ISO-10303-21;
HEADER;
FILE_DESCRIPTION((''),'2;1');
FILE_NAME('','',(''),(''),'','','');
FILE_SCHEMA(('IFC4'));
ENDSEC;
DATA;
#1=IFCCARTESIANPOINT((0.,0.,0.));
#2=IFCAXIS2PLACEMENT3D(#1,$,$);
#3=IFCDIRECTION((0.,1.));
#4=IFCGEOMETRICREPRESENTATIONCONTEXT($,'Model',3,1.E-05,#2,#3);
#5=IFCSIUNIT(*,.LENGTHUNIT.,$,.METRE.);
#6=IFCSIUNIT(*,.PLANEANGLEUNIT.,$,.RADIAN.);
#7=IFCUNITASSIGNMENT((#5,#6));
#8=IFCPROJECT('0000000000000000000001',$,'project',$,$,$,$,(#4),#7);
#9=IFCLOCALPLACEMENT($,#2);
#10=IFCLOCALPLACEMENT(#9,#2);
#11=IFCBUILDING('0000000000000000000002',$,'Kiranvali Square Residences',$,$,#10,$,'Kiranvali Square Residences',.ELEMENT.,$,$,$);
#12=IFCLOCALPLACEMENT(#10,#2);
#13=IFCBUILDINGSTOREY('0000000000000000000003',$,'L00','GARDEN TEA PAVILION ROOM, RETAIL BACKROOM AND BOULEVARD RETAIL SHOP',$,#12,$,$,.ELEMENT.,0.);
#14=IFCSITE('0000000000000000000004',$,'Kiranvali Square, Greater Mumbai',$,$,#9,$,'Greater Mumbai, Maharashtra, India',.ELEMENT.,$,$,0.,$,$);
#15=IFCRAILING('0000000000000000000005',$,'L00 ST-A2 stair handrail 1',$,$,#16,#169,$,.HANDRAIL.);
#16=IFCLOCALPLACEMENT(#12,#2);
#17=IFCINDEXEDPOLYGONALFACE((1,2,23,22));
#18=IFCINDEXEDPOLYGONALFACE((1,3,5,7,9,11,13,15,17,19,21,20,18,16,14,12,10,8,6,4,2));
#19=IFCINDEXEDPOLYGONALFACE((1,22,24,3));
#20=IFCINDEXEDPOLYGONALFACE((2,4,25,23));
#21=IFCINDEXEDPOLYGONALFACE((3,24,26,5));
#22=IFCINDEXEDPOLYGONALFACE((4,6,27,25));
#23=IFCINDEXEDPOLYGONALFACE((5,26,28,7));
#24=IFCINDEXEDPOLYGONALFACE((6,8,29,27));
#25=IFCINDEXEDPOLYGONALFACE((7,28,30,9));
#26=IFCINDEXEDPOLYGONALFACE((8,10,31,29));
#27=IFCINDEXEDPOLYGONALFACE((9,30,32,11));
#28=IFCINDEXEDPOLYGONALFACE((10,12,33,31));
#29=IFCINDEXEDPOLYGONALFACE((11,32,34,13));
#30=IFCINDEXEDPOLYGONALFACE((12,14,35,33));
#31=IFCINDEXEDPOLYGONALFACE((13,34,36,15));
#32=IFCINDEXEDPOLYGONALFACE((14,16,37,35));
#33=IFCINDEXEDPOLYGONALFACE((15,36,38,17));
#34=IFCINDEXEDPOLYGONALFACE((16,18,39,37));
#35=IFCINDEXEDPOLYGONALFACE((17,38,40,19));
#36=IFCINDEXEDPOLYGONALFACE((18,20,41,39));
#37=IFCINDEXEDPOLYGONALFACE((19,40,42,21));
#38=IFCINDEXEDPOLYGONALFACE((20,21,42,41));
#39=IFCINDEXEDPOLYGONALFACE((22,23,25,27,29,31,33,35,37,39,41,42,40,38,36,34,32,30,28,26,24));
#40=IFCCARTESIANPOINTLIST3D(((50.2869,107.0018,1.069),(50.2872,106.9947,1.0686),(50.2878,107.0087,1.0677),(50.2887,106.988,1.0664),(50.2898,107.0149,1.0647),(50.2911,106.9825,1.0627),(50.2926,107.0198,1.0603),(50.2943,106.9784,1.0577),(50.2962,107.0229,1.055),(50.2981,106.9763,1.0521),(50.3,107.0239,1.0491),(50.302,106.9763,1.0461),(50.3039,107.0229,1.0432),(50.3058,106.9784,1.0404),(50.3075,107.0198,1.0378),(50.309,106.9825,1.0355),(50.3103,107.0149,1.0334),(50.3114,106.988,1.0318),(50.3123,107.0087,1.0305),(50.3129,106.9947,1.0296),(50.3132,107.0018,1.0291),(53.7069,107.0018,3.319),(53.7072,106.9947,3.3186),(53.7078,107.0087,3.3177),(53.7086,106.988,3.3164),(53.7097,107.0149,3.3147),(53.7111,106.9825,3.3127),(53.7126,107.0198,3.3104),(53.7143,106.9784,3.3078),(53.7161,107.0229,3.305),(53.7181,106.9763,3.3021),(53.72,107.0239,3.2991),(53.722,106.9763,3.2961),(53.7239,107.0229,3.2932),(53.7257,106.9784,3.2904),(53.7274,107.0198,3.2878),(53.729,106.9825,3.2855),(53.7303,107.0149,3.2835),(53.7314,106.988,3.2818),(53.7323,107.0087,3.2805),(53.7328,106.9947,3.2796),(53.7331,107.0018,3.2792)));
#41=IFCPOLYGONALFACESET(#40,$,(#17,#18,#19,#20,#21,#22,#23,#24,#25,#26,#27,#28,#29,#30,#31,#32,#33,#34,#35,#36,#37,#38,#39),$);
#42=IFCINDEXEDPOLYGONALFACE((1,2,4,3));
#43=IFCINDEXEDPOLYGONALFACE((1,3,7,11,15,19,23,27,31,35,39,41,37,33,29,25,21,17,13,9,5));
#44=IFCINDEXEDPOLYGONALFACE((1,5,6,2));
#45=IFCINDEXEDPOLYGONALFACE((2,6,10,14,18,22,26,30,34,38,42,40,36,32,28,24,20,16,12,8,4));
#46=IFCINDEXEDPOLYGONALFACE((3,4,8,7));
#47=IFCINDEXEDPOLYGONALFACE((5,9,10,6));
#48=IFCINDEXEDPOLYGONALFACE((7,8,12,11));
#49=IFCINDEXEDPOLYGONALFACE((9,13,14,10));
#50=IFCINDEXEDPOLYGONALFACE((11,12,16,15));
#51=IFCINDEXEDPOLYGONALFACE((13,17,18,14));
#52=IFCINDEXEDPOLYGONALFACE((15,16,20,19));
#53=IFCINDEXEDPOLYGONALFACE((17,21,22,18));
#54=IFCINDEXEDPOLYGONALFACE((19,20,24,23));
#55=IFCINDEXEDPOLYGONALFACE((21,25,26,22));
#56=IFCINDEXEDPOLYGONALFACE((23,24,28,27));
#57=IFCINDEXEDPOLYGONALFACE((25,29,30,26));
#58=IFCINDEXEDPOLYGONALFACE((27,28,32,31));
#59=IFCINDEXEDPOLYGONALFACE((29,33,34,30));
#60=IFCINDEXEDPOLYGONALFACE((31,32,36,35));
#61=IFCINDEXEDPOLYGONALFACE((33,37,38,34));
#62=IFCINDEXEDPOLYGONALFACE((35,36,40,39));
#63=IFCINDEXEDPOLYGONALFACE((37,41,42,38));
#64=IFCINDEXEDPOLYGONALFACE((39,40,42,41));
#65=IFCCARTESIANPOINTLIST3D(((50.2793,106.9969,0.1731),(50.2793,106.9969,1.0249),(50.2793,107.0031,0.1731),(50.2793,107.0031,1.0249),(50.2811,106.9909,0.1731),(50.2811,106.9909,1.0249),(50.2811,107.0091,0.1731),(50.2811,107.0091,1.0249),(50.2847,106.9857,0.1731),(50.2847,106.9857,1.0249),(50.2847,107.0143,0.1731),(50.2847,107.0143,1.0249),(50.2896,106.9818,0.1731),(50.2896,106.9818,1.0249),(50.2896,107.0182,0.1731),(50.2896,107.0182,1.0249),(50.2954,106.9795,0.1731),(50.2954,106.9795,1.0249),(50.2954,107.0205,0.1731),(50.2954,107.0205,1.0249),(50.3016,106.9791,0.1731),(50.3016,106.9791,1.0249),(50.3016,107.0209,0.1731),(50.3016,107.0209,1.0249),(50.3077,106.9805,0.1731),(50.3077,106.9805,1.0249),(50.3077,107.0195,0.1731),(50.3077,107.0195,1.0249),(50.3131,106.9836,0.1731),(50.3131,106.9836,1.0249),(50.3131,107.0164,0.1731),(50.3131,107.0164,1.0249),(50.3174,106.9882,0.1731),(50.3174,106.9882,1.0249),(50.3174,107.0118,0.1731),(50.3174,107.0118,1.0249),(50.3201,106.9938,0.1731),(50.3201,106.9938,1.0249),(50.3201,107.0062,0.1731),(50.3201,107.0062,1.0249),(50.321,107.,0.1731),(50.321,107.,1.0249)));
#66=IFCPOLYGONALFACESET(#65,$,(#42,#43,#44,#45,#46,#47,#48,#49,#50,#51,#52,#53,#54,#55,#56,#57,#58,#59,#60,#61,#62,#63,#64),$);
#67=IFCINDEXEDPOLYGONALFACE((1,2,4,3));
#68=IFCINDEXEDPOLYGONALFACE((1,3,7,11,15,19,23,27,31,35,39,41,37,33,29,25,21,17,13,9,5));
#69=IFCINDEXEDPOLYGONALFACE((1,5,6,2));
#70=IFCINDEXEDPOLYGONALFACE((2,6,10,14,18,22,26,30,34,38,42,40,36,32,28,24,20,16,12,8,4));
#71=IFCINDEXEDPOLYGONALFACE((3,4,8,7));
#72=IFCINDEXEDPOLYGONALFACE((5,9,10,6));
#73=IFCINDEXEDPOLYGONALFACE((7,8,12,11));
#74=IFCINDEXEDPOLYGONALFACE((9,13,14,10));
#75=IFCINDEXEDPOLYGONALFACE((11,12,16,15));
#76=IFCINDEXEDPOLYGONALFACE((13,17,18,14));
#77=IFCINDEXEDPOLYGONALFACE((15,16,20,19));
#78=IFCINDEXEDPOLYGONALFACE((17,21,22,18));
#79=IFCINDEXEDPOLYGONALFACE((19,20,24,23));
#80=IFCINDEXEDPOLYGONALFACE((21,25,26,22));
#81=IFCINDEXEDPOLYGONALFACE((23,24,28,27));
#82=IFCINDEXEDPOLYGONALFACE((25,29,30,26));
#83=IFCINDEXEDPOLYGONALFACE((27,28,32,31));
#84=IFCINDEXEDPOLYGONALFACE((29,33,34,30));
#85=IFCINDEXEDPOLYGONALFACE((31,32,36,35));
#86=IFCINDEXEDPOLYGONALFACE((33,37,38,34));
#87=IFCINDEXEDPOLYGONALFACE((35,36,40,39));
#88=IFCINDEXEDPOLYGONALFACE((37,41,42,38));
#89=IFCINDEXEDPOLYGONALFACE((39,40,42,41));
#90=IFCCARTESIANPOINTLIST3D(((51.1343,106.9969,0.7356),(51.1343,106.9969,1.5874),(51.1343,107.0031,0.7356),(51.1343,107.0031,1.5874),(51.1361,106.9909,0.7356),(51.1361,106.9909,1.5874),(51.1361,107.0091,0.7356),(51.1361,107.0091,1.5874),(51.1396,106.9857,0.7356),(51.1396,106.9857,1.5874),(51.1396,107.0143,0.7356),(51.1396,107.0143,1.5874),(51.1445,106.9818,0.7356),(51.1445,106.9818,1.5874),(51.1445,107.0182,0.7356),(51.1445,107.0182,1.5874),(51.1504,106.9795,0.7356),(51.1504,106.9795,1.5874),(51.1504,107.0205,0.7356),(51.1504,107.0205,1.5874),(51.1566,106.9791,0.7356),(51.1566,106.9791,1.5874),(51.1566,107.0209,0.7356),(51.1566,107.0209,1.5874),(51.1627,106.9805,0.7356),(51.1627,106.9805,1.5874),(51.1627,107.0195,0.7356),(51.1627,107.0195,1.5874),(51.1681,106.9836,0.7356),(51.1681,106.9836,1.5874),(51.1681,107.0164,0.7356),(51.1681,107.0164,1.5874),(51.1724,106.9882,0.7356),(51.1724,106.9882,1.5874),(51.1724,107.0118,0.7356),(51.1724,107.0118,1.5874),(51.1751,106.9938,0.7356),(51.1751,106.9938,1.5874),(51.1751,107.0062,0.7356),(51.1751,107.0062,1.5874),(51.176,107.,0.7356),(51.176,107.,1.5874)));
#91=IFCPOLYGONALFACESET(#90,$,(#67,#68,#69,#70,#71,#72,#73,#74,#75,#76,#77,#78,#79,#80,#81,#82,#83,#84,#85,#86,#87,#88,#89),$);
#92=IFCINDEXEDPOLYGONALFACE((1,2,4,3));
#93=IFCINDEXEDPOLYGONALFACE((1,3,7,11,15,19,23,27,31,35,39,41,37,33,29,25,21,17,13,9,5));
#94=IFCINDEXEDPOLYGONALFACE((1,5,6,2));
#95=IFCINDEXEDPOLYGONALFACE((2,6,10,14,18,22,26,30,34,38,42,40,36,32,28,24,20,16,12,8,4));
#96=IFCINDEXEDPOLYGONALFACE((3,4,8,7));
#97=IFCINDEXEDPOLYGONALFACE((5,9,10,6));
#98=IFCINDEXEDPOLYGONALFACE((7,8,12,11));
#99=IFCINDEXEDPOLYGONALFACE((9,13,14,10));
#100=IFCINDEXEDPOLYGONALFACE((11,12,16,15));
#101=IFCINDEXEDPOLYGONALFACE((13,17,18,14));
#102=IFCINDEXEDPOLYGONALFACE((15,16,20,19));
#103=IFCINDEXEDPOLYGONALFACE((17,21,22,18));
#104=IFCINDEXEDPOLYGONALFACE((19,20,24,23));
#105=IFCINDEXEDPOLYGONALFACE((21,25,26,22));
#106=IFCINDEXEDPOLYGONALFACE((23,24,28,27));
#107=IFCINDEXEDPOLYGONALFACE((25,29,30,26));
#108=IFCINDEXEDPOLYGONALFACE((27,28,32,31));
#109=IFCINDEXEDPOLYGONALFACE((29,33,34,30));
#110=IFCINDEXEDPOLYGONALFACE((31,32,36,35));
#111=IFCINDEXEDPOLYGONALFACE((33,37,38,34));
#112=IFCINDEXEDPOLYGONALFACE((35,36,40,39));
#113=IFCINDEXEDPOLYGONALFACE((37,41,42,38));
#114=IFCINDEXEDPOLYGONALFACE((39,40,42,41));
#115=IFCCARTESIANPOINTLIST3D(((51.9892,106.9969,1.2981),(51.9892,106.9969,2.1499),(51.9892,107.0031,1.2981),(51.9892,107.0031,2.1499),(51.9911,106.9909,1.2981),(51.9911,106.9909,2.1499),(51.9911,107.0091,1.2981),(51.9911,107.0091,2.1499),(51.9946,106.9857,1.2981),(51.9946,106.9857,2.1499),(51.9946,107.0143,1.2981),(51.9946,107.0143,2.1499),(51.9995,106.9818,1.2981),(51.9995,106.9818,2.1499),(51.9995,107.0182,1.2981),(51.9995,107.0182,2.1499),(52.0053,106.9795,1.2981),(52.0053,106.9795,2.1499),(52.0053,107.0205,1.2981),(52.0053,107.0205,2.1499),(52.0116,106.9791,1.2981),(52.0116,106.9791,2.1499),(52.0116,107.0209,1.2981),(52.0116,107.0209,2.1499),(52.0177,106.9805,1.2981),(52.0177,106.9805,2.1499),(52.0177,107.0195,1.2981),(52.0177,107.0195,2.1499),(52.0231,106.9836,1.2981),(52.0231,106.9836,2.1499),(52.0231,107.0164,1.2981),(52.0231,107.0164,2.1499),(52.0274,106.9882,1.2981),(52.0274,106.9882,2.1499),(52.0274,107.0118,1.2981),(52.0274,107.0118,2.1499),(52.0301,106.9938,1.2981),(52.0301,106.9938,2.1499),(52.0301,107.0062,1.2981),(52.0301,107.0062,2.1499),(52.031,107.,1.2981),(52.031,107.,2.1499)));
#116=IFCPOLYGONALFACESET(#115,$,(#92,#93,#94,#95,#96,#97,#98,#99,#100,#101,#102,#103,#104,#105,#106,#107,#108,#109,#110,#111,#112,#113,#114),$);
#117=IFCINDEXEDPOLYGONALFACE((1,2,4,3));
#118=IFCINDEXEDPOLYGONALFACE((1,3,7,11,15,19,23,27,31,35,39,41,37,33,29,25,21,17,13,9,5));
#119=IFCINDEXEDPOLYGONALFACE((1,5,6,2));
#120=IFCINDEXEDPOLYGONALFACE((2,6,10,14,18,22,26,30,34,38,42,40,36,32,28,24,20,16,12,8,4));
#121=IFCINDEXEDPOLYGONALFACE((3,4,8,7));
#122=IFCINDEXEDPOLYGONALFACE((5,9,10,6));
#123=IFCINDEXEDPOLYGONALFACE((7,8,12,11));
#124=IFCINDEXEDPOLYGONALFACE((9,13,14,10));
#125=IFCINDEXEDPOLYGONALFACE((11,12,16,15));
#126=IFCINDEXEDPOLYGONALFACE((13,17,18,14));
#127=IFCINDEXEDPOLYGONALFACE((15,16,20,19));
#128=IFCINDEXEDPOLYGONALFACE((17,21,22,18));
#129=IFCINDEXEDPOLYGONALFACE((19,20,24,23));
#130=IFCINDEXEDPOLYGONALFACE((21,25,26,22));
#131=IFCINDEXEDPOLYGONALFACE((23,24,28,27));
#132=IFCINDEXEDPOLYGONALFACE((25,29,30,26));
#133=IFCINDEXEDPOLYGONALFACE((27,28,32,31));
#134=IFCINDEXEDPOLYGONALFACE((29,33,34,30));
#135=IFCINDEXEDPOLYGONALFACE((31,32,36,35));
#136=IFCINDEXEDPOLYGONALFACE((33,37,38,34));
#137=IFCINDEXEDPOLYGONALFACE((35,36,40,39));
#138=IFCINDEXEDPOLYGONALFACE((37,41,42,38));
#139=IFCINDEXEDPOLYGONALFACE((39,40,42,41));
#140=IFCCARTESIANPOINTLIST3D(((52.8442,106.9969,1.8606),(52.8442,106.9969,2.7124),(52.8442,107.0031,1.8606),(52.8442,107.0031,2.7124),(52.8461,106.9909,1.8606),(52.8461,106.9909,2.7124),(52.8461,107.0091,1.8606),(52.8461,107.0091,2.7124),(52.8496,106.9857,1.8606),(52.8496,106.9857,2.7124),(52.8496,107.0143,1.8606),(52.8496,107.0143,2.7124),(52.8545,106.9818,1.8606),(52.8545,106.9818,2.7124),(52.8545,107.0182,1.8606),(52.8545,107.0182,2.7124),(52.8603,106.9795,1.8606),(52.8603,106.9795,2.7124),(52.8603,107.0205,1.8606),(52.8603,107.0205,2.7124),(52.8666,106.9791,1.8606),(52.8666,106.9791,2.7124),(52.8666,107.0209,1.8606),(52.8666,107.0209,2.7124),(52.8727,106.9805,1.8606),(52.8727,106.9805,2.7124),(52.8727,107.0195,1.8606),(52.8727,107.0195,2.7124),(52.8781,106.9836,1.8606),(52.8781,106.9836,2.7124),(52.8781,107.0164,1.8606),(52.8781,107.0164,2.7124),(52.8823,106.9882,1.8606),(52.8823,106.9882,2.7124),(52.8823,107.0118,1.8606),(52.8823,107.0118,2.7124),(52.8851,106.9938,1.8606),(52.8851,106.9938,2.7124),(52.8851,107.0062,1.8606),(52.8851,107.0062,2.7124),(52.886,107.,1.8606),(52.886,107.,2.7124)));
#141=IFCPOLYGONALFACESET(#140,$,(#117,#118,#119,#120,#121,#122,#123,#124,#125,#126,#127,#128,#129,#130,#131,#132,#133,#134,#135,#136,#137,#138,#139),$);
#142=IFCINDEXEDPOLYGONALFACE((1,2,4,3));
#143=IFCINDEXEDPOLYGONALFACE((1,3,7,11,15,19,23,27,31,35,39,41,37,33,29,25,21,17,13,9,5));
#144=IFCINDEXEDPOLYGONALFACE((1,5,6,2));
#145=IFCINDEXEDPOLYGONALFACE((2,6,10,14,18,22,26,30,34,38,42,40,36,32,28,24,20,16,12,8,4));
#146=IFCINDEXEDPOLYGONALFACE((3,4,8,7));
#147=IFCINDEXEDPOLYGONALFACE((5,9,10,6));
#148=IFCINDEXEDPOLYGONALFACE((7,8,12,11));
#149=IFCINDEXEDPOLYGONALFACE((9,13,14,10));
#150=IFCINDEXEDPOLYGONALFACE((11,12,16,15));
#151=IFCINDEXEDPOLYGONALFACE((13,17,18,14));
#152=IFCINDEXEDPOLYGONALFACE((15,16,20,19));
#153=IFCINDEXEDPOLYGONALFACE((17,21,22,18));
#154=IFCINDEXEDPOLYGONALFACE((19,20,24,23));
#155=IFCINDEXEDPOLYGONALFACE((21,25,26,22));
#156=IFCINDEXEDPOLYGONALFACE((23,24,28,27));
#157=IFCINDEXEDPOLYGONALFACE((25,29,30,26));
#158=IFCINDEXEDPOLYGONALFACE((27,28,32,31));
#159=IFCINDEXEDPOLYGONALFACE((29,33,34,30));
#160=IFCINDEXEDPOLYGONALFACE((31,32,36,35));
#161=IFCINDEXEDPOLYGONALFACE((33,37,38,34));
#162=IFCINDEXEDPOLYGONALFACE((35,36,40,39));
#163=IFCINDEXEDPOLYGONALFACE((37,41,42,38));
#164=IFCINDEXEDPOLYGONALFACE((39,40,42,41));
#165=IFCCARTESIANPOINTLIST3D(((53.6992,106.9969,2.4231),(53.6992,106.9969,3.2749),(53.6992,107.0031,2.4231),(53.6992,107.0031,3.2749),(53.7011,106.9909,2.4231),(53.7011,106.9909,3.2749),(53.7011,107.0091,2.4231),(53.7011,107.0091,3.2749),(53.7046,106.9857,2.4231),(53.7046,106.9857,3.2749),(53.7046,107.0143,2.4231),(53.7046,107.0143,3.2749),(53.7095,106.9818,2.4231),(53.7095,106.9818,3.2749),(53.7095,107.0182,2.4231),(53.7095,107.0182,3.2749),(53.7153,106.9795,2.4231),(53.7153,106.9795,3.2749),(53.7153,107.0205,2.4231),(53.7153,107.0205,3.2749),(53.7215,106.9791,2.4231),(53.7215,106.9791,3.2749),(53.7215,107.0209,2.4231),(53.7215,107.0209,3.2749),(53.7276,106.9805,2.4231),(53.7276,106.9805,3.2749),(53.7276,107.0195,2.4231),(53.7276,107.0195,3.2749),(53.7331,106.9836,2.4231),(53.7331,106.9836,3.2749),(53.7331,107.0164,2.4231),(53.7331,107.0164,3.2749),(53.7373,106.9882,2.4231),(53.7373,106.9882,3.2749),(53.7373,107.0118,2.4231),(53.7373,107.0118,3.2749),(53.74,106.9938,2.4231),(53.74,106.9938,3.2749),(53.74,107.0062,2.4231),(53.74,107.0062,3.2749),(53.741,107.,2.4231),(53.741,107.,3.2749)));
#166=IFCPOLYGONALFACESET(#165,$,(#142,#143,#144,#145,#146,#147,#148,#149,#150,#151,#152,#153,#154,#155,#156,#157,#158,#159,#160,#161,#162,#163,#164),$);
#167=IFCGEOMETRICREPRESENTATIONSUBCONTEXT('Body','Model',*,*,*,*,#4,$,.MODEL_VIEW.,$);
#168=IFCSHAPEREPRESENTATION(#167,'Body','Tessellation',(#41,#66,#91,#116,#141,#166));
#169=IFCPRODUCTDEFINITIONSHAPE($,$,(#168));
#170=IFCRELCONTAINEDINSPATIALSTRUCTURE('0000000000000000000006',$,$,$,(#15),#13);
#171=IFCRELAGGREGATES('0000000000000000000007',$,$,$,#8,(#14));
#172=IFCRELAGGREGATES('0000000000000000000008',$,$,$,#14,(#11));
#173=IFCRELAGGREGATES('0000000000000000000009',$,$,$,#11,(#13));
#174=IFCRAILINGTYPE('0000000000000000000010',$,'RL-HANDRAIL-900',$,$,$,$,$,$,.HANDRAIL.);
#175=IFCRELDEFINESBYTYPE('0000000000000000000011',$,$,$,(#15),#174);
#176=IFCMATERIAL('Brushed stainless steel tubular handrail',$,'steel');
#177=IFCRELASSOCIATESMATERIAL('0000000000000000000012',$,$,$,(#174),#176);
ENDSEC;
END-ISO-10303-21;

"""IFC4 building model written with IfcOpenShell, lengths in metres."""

from ifc_helpers import new_model, si_unit, direction, frame, origin, origin_2d, place, context, subcontext, project, spatial, circle, extrude, material, type_object, element, save


model = new_model("IFC4")

# Units and contexts
model_context = context("Model", 3, precision=1e-05, world=origin(), true_north=direction((0.0, 1.0)))
body_context = subcontext(model_context, "Body", "Model", "MODEL_VIEW")
ifc_project = project(units=[si_unit("LENGTHUNIT", "METRE"), si_unit("PLANEANGLEUNIT", "RADIAN")], contexts=[model_context])

# Site, building, storey
site_placement = place(None, origin())
site = spatial("IfcSite", under=ifc_project, at=site_placement, Name="Kiranvali Square, Greater Mumbai", LongName="Greater Mumbai, Maharashtra, India", CompositionType="ELEMENT", RefElevation=0.0)
building_placement = place(site_placement, origin())
building = spatial("IfcBuilding", under=site, at=building_placement, Name="Kiranvali Square Residences", LongName="Kiranvali Square Residences", CompositionType="ELEMENT")
storey_placement = place(building_placement, origin())
storey = spatial("IfcBuildingStorey", under=building, at=storey_placement, Name="L00", Description="GARDEN TEA PAVILION ROOM, RETAIL BACKROOM AND BOULEVARD RETAIL SHOP", CompositionType="ELEMENT", Elevation=0.0)

# Railing
ifc_material_1 = material(Name="Brushed stainless steel tubular handrail", Category="steel")
railing_type_1 = type_object("IfcRailingType", Name="RL-HANDRAIL-900", PredefinedType="HANDRAIL", material=ifc_material_1)
railing_1_placement = place(storey_placement, frame((50.3, 107.0, 0.1731)))
element("IfcRailing", 1, at=railing_1_placement, inside=storey, type_object=railing_type_1, Name="L00 ST-A2 stair handrail 1", PredefinedType="HANDRAIL", context=body_context, shape_type="SweptSolid", body=[
    extrude(circle(Radius=0.0239, at=origin_2d()), frame((0.0, 0.0, 0.876), z_axis=(0.835411, 0.0, 0.549625), x_axis=(0.0, 1.0, 0.0)), (0.0, 0.0, 1.0), 4.0938),
    extrude(circle(Radius=0.021, at=origin_2d()), origin(), (0.0, 0.0, 1.0), 0.8518),
    extrude(circle(Radius=0.021, at=origin_2d()), frame((0.855, 0.0, 0.5625)), (0.0, 0.0, 1.0), 0.8518),
    extrude(circle(Radius=0.021, at=origin_2d()), frame((1.71, 0.0, 1.125)), (0.0, 0.0, 1.0), 0.8518),
    extrude(circle(Radius=0.021, at=origin_2d()), frame((2.5649, 0.0, 1.6875)), (0.0, 0.0, 1.0), 0.8518),
    extrude(circle(Radius=0.021, at=origin_2d()), frame((3.4199, 0.0, 2.25)), (0.0, 0.0, 1.0), 0.8518),
])

save(model, "model.ifc")
